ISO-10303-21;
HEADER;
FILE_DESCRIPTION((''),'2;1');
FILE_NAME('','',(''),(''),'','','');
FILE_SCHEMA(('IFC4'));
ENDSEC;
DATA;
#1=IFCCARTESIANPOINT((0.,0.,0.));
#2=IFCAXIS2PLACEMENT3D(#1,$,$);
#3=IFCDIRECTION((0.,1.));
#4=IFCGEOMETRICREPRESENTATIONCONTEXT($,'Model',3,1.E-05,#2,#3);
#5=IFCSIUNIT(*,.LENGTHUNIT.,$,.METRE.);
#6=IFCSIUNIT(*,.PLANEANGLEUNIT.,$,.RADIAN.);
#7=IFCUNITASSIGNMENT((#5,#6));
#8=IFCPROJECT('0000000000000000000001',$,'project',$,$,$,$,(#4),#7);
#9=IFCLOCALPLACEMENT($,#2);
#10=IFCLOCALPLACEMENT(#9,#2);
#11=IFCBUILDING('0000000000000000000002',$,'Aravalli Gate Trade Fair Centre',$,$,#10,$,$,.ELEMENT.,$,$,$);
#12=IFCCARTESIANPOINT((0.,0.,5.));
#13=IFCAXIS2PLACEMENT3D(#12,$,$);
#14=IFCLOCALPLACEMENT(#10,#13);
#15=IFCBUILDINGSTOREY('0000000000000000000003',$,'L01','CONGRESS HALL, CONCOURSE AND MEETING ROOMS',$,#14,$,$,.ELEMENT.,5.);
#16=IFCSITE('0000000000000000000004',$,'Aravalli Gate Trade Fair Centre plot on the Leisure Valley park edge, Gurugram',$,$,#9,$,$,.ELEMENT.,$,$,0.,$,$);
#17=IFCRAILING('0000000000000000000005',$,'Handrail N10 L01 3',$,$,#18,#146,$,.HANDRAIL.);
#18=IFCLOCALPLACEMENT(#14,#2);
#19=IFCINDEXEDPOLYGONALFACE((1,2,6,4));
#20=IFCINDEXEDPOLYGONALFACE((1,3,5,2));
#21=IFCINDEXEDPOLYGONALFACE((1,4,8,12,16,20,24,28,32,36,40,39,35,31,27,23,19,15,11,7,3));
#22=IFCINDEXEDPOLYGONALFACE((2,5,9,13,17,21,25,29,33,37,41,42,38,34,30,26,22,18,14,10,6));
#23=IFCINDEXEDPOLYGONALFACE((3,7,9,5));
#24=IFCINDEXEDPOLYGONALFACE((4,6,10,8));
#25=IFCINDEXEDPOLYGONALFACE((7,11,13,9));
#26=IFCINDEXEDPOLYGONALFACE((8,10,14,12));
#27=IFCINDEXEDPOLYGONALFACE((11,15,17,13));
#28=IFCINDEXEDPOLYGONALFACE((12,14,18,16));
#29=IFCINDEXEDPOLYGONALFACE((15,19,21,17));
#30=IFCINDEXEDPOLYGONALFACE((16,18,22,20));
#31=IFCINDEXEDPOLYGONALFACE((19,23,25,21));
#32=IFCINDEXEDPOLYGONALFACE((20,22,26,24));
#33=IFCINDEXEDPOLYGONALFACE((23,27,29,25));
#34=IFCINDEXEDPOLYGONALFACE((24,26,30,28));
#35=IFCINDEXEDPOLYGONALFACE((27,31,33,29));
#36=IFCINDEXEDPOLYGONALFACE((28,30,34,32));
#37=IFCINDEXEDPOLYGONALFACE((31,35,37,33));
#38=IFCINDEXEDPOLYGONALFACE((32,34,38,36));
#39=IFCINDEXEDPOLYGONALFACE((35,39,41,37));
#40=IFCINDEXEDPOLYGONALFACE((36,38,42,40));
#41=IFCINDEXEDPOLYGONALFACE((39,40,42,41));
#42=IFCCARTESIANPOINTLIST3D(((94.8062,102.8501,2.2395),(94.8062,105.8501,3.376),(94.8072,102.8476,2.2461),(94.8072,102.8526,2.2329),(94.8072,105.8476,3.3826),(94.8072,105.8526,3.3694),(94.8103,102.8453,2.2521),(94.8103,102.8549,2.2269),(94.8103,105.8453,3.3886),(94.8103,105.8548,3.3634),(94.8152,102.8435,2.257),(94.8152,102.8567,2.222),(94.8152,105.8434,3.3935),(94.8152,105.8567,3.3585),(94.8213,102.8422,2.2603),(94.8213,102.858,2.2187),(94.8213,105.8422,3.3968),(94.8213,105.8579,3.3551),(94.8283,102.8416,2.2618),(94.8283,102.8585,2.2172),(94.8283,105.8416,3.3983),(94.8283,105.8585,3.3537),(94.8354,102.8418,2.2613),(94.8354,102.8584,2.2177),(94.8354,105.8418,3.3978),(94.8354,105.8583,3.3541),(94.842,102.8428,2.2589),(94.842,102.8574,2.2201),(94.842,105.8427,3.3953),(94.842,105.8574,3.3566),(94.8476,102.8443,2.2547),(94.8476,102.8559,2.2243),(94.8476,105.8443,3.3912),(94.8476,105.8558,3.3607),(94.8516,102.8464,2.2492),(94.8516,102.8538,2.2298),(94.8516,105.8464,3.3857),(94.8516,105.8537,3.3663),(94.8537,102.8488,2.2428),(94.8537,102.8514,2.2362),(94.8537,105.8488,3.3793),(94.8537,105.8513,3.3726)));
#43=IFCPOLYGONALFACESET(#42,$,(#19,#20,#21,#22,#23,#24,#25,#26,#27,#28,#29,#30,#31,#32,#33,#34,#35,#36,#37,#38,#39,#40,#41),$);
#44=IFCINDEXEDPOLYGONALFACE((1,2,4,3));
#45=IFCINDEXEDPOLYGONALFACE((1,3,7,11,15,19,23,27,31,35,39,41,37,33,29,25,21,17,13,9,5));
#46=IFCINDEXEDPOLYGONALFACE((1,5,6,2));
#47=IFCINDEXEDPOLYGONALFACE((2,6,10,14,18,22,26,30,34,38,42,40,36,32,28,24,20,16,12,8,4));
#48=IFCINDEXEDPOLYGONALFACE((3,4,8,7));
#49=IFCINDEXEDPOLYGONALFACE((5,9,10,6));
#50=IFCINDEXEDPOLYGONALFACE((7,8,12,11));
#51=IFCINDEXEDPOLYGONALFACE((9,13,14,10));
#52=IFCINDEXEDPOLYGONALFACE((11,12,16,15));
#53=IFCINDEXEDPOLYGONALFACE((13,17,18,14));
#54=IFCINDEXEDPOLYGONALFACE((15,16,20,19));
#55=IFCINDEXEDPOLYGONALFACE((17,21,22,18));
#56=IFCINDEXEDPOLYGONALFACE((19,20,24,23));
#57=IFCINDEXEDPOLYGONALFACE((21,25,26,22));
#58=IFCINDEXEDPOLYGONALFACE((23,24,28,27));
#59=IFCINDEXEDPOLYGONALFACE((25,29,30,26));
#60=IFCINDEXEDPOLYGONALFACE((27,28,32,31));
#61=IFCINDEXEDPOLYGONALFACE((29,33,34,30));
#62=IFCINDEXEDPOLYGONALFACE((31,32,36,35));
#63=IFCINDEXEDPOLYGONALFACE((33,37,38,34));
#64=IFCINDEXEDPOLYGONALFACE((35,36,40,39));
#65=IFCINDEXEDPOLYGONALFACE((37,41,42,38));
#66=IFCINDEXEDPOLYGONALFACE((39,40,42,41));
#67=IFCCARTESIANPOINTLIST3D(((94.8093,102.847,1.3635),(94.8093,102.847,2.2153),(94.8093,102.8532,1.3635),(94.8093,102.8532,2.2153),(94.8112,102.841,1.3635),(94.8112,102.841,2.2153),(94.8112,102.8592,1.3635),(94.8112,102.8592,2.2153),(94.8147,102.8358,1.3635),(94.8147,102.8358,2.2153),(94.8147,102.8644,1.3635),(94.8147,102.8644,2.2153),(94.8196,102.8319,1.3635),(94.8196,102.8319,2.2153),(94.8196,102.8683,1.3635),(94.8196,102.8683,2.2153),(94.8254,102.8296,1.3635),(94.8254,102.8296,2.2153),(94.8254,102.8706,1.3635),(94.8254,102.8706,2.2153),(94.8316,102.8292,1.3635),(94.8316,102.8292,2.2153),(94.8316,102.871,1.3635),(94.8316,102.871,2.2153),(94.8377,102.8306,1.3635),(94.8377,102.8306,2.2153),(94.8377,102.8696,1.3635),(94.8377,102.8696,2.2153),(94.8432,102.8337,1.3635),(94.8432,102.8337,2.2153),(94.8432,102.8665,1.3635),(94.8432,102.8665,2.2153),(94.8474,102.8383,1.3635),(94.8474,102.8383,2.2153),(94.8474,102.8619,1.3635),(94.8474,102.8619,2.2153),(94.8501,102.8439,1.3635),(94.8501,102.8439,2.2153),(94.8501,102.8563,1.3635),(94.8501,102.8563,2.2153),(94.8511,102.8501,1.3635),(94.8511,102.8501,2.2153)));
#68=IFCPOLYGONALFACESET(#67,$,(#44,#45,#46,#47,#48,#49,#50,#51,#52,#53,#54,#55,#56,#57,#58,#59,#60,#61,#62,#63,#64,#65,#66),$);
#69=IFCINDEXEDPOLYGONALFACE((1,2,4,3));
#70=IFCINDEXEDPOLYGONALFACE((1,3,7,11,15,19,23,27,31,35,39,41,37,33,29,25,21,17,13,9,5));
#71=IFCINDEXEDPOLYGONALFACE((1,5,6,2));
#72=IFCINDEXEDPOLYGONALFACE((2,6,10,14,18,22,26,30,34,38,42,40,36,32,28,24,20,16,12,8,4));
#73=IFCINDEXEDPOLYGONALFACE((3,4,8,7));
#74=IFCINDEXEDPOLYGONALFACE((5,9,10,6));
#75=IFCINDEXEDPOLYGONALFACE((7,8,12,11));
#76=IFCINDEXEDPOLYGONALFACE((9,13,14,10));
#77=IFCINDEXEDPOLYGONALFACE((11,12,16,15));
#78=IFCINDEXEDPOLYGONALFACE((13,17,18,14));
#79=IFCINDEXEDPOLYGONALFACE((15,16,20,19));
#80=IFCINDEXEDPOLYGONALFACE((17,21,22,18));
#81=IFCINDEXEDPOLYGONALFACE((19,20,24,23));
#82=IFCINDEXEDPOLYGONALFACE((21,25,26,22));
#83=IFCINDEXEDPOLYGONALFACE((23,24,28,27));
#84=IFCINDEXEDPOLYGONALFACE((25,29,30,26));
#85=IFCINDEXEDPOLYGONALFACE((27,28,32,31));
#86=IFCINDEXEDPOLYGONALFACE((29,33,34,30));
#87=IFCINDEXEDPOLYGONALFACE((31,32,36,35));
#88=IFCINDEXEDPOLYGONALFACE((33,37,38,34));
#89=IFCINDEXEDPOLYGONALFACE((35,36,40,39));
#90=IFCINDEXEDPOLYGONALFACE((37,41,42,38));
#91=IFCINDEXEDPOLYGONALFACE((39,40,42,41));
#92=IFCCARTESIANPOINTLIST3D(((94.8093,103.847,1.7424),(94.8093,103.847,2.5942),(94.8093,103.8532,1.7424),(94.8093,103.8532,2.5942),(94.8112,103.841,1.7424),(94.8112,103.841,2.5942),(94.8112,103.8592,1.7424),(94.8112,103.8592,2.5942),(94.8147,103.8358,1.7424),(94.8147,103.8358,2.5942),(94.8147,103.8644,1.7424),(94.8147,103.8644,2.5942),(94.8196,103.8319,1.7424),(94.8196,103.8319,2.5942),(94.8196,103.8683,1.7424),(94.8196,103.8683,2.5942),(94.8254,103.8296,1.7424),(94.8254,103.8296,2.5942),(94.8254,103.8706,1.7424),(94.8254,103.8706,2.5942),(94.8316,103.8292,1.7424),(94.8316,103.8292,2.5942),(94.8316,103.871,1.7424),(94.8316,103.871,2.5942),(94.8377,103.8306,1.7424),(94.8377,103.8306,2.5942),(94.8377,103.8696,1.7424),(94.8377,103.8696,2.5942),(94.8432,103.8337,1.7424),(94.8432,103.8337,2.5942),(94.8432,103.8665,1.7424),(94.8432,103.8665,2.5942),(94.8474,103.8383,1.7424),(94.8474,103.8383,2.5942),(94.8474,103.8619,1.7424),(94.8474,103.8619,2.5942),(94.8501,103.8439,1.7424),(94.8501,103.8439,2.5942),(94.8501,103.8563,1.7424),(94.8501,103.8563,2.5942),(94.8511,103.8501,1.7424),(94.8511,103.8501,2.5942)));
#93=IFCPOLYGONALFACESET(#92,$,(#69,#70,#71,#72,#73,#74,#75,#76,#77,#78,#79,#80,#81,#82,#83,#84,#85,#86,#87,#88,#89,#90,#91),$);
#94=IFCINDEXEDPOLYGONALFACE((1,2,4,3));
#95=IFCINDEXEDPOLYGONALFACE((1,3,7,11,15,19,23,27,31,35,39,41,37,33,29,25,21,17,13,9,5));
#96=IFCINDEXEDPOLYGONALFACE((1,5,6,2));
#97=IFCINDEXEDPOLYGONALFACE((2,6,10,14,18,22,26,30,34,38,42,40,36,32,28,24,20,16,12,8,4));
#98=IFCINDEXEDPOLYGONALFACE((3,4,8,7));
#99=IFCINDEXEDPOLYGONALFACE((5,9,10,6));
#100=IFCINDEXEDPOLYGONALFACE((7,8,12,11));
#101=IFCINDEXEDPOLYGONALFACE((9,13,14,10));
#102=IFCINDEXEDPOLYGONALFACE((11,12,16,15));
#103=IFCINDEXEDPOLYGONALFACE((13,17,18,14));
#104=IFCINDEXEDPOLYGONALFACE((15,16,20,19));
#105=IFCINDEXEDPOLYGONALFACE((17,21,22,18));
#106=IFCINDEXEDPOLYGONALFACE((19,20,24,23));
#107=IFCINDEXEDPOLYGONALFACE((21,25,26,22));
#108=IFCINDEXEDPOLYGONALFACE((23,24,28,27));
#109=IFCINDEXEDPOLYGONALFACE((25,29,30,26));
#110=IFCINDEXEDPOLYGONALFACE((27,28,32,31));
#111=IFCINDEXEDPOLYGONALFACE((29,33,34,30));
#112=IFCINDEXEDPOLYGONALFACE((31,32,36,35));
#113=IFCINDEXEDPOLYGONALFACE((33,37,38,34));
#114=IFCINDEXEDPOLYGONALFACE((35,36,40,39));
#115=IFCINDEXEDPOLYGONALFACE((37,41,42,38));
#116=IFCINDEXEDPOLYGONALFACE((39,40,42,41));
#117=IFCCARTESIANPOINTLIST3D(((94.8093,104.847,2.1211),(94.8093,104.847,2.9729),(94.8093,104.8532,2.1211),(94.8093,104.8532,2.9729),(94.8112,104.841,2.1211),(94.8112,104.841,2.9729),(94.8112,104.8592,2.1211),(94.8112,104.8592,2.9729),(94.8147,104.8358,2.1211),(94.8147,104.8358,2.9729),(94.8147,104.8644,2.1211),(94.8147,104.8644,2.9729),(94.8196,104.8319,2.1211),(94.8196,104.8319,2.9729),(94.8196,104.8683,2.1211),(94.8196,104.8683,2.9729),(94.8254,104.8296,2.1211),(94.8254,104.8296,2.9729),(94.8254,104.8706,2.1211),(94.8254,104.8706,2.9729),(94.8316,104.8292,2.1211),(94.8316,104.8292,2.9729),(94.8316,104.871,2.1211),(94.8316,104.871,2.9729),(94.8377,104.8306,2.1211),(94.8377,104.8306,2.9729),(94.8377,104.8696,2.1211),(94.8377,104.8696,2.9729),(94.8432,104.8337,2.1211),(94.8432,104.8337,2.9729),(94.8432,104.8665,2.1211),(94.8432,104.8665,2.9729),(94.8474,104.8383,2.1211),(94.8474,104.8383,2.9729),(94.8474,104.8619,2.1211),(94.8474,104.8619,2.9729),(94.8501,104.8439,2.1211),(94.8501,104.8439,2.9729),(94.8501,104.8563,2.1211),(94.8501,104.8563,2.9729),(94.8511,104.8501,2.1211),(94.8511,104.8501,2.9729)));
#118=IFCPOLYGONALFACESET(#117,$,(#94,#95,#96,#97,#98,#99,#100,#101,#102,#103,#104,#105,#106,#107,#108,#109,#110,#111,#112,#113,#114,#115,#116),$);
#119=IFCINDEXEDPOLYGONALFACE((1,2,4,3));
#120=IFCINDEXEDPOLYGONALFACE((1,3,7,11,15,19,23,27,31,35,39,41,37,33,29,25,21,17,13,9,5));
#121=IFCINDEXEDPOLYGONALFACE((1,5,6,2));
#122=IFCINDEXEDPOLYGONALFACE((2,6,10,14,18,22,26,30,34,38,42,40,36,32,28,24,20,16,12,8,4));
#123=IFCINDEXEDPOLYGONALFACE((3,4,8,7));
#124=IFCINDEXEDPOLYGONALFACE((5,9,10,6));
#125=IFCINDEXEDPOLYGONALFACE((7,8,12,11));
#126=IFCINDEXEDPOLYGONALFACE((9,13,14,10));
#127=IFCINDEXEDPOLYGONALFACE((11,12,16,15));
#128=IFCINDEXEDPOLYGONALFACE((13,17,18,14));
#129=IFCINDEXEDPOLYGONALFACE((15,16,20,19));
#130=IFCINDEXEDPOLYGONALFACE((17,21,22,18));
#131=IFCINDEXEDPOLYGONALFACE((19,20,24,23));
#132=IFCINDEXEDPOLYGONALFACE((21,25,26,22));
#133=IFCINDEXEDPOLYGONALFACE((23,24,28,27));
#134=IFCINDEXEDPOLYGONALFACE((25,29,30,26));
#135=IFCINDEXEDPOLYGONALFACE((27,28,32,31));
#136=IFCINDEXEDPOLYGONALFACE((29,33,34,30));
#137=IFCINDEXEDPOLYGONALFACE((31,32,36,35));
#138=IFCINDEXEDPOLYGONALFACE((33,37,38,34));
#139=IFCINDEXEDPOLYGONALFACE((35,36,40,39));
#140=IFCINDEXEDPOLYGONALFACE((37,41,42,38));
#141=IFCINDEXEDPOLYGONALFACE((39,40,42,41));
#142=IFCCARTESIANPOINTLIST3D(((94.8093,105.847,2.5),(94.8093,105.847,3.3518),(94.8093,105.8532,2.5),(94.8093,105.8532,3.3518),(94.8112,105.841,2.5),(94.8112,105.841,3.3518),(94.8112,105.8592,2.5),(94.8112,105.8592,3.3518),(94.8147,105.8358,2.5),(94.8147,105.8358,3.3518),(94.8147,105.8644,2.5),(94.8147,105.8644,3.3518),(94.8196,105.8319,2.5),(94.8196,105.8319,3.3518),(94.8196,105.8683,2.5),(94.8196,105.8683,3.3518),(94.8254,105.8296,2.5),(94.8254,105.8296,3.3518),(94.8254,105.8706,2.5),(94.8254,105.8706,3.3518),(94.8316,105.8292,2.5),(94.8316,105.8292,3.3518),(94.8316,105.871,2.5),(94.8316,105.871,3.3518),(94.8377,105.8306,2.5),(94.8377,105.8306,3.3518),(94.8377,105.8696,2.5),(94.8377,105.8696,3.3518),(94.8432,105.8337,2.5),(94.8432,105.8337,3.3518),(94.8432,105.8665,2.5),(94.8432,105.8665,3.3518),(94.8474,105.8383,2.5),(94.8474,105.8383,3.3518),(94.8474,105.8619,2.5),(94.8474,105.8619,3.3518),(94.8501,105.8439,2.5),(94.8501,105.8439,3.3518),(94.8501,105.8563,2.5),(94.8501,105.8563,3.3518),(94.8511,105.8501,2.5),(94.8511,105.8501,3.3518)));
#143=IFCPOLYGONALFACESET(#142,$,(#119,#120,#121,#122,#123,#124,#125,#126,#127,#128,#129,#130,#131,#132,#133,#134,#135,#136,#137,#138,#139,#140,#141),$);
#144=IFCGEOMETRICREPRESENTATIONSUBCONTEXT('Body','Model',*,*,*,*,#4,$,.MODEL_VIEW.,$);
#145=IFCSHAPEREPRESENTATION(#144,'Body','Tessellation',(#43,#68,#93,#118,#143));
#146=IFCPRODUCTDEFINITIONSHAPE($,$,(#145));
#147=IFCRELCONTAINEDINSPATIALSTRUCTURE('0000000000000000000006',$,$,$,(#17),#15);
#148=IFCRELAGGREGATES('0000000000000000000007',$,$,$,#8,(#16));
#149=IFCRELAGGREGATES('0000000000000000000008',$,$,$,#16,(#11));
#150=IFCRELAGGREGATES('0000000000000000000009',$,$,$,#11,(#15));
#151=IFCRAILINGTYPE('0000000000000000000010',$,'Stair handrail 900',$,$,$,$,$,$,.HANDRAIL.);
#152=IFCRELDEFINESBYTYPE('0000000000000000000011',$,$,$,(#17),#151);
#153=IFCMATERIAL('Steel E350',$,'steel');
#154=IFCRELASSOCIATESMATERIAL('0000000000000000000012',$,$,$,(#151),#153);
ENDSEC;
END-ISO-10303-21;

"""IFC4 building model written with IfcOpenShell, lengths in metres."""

from ifc_helpers import new_model, si_unit, direction, frame, origin, origin_2d, place, context, subcontext, project, spatial, circle, extrude, material, type_object, element, save


model = new_model("IFC4")

# Units and contexts
model_context = context("Model", 3, precision=1e-05, world=origin(), true_north=direction((0.0, 1.0)))
body_context = subcontext(model_context, "Body", "Model", "MODEL_VIEW")
ifc_project = project(units=[si_unit("LENGTHUNIT", "METRE"), si_unit("PLANEANGLEUNIT", "RADIAN")], contexts=[model_context])

# Site, building, storey
site_placement = place(None, origin())
site = spatial("IfcSite", under=ifc_project, at=site_placement, Name="Aravalli Gate Trade Fair Centre plot on the Leisure Valley park edge, Gurugram", CompositionType="ELEMENT", RefElevation=0.0)
building_placement = place(site_placement, origin())
building = spatial("IfcBuilding", under=site, at=building_placement, Name="Aravalli Gate Trade Fair Centre", CompositionType="ELEMENT")
storey_placement = place(building_placement, frame((0.0, 0.0, 5.0)))
storey = spatial("IfcBuildingStorey", under=building, at=storey_placement, Name="L01", Description="CONGRESS HALL, CONCOURSE AND MEETING ROOMS", CompositionType="ELEMENT", Elevation=5.0)

# Railing
ifc_material_1 = material(Name="Steel E350", Category="steel")
railing_type = type_object("IfcRailingType", Name="Stair handrail 900", PredefinedType="HANDRAIL", material=ifc_material_1)
for number, where, name in (
    (1, (94.8301, 102.8501, 1.3635), "Handrail N10 L01 3"),
):
    element("IfcRailing", number, at=place(storey_placement, frame(where)), inside=storey, type_object=railing_type, Name=name, PredefinedType="HANDRAIL", context=body_context, shape_type="SweptSolid", body=[
        extrude(circle(Radius=0.0239, at=origin_2d()), frame((0.0, 0.0, 0.876), z_axis=(0.0, 0.935148, 0.354257), x_axis=(-1.0, 0.0, 0.0)), (0.0, 0.0, 1.0), 3.208),
        extrude(circle(Radius=0.021, at=origin_2d()), origin(), (0.0, 0.0, 1.0), 0.8518),
        extrude(circle(Radius=0.021, at=origin_2d()), frame((0.0, 1.0, 0.3789)), (0.0, 0.0, 1.0), 0.8518),
        extrude(circle(Radius=0.021, at=origin_2d()), frame((0.0, 2.0, 0.7576)), (0.0, 0.0, 1.0), 0.8518),
        extrude(circle(Radius=0.021, at=origin_2d()), frame((0.0, 3.0, 1.1365)), (0.0, 0.0, 1.0), 0.8518),
    ])

save(model, "model.ifc")
